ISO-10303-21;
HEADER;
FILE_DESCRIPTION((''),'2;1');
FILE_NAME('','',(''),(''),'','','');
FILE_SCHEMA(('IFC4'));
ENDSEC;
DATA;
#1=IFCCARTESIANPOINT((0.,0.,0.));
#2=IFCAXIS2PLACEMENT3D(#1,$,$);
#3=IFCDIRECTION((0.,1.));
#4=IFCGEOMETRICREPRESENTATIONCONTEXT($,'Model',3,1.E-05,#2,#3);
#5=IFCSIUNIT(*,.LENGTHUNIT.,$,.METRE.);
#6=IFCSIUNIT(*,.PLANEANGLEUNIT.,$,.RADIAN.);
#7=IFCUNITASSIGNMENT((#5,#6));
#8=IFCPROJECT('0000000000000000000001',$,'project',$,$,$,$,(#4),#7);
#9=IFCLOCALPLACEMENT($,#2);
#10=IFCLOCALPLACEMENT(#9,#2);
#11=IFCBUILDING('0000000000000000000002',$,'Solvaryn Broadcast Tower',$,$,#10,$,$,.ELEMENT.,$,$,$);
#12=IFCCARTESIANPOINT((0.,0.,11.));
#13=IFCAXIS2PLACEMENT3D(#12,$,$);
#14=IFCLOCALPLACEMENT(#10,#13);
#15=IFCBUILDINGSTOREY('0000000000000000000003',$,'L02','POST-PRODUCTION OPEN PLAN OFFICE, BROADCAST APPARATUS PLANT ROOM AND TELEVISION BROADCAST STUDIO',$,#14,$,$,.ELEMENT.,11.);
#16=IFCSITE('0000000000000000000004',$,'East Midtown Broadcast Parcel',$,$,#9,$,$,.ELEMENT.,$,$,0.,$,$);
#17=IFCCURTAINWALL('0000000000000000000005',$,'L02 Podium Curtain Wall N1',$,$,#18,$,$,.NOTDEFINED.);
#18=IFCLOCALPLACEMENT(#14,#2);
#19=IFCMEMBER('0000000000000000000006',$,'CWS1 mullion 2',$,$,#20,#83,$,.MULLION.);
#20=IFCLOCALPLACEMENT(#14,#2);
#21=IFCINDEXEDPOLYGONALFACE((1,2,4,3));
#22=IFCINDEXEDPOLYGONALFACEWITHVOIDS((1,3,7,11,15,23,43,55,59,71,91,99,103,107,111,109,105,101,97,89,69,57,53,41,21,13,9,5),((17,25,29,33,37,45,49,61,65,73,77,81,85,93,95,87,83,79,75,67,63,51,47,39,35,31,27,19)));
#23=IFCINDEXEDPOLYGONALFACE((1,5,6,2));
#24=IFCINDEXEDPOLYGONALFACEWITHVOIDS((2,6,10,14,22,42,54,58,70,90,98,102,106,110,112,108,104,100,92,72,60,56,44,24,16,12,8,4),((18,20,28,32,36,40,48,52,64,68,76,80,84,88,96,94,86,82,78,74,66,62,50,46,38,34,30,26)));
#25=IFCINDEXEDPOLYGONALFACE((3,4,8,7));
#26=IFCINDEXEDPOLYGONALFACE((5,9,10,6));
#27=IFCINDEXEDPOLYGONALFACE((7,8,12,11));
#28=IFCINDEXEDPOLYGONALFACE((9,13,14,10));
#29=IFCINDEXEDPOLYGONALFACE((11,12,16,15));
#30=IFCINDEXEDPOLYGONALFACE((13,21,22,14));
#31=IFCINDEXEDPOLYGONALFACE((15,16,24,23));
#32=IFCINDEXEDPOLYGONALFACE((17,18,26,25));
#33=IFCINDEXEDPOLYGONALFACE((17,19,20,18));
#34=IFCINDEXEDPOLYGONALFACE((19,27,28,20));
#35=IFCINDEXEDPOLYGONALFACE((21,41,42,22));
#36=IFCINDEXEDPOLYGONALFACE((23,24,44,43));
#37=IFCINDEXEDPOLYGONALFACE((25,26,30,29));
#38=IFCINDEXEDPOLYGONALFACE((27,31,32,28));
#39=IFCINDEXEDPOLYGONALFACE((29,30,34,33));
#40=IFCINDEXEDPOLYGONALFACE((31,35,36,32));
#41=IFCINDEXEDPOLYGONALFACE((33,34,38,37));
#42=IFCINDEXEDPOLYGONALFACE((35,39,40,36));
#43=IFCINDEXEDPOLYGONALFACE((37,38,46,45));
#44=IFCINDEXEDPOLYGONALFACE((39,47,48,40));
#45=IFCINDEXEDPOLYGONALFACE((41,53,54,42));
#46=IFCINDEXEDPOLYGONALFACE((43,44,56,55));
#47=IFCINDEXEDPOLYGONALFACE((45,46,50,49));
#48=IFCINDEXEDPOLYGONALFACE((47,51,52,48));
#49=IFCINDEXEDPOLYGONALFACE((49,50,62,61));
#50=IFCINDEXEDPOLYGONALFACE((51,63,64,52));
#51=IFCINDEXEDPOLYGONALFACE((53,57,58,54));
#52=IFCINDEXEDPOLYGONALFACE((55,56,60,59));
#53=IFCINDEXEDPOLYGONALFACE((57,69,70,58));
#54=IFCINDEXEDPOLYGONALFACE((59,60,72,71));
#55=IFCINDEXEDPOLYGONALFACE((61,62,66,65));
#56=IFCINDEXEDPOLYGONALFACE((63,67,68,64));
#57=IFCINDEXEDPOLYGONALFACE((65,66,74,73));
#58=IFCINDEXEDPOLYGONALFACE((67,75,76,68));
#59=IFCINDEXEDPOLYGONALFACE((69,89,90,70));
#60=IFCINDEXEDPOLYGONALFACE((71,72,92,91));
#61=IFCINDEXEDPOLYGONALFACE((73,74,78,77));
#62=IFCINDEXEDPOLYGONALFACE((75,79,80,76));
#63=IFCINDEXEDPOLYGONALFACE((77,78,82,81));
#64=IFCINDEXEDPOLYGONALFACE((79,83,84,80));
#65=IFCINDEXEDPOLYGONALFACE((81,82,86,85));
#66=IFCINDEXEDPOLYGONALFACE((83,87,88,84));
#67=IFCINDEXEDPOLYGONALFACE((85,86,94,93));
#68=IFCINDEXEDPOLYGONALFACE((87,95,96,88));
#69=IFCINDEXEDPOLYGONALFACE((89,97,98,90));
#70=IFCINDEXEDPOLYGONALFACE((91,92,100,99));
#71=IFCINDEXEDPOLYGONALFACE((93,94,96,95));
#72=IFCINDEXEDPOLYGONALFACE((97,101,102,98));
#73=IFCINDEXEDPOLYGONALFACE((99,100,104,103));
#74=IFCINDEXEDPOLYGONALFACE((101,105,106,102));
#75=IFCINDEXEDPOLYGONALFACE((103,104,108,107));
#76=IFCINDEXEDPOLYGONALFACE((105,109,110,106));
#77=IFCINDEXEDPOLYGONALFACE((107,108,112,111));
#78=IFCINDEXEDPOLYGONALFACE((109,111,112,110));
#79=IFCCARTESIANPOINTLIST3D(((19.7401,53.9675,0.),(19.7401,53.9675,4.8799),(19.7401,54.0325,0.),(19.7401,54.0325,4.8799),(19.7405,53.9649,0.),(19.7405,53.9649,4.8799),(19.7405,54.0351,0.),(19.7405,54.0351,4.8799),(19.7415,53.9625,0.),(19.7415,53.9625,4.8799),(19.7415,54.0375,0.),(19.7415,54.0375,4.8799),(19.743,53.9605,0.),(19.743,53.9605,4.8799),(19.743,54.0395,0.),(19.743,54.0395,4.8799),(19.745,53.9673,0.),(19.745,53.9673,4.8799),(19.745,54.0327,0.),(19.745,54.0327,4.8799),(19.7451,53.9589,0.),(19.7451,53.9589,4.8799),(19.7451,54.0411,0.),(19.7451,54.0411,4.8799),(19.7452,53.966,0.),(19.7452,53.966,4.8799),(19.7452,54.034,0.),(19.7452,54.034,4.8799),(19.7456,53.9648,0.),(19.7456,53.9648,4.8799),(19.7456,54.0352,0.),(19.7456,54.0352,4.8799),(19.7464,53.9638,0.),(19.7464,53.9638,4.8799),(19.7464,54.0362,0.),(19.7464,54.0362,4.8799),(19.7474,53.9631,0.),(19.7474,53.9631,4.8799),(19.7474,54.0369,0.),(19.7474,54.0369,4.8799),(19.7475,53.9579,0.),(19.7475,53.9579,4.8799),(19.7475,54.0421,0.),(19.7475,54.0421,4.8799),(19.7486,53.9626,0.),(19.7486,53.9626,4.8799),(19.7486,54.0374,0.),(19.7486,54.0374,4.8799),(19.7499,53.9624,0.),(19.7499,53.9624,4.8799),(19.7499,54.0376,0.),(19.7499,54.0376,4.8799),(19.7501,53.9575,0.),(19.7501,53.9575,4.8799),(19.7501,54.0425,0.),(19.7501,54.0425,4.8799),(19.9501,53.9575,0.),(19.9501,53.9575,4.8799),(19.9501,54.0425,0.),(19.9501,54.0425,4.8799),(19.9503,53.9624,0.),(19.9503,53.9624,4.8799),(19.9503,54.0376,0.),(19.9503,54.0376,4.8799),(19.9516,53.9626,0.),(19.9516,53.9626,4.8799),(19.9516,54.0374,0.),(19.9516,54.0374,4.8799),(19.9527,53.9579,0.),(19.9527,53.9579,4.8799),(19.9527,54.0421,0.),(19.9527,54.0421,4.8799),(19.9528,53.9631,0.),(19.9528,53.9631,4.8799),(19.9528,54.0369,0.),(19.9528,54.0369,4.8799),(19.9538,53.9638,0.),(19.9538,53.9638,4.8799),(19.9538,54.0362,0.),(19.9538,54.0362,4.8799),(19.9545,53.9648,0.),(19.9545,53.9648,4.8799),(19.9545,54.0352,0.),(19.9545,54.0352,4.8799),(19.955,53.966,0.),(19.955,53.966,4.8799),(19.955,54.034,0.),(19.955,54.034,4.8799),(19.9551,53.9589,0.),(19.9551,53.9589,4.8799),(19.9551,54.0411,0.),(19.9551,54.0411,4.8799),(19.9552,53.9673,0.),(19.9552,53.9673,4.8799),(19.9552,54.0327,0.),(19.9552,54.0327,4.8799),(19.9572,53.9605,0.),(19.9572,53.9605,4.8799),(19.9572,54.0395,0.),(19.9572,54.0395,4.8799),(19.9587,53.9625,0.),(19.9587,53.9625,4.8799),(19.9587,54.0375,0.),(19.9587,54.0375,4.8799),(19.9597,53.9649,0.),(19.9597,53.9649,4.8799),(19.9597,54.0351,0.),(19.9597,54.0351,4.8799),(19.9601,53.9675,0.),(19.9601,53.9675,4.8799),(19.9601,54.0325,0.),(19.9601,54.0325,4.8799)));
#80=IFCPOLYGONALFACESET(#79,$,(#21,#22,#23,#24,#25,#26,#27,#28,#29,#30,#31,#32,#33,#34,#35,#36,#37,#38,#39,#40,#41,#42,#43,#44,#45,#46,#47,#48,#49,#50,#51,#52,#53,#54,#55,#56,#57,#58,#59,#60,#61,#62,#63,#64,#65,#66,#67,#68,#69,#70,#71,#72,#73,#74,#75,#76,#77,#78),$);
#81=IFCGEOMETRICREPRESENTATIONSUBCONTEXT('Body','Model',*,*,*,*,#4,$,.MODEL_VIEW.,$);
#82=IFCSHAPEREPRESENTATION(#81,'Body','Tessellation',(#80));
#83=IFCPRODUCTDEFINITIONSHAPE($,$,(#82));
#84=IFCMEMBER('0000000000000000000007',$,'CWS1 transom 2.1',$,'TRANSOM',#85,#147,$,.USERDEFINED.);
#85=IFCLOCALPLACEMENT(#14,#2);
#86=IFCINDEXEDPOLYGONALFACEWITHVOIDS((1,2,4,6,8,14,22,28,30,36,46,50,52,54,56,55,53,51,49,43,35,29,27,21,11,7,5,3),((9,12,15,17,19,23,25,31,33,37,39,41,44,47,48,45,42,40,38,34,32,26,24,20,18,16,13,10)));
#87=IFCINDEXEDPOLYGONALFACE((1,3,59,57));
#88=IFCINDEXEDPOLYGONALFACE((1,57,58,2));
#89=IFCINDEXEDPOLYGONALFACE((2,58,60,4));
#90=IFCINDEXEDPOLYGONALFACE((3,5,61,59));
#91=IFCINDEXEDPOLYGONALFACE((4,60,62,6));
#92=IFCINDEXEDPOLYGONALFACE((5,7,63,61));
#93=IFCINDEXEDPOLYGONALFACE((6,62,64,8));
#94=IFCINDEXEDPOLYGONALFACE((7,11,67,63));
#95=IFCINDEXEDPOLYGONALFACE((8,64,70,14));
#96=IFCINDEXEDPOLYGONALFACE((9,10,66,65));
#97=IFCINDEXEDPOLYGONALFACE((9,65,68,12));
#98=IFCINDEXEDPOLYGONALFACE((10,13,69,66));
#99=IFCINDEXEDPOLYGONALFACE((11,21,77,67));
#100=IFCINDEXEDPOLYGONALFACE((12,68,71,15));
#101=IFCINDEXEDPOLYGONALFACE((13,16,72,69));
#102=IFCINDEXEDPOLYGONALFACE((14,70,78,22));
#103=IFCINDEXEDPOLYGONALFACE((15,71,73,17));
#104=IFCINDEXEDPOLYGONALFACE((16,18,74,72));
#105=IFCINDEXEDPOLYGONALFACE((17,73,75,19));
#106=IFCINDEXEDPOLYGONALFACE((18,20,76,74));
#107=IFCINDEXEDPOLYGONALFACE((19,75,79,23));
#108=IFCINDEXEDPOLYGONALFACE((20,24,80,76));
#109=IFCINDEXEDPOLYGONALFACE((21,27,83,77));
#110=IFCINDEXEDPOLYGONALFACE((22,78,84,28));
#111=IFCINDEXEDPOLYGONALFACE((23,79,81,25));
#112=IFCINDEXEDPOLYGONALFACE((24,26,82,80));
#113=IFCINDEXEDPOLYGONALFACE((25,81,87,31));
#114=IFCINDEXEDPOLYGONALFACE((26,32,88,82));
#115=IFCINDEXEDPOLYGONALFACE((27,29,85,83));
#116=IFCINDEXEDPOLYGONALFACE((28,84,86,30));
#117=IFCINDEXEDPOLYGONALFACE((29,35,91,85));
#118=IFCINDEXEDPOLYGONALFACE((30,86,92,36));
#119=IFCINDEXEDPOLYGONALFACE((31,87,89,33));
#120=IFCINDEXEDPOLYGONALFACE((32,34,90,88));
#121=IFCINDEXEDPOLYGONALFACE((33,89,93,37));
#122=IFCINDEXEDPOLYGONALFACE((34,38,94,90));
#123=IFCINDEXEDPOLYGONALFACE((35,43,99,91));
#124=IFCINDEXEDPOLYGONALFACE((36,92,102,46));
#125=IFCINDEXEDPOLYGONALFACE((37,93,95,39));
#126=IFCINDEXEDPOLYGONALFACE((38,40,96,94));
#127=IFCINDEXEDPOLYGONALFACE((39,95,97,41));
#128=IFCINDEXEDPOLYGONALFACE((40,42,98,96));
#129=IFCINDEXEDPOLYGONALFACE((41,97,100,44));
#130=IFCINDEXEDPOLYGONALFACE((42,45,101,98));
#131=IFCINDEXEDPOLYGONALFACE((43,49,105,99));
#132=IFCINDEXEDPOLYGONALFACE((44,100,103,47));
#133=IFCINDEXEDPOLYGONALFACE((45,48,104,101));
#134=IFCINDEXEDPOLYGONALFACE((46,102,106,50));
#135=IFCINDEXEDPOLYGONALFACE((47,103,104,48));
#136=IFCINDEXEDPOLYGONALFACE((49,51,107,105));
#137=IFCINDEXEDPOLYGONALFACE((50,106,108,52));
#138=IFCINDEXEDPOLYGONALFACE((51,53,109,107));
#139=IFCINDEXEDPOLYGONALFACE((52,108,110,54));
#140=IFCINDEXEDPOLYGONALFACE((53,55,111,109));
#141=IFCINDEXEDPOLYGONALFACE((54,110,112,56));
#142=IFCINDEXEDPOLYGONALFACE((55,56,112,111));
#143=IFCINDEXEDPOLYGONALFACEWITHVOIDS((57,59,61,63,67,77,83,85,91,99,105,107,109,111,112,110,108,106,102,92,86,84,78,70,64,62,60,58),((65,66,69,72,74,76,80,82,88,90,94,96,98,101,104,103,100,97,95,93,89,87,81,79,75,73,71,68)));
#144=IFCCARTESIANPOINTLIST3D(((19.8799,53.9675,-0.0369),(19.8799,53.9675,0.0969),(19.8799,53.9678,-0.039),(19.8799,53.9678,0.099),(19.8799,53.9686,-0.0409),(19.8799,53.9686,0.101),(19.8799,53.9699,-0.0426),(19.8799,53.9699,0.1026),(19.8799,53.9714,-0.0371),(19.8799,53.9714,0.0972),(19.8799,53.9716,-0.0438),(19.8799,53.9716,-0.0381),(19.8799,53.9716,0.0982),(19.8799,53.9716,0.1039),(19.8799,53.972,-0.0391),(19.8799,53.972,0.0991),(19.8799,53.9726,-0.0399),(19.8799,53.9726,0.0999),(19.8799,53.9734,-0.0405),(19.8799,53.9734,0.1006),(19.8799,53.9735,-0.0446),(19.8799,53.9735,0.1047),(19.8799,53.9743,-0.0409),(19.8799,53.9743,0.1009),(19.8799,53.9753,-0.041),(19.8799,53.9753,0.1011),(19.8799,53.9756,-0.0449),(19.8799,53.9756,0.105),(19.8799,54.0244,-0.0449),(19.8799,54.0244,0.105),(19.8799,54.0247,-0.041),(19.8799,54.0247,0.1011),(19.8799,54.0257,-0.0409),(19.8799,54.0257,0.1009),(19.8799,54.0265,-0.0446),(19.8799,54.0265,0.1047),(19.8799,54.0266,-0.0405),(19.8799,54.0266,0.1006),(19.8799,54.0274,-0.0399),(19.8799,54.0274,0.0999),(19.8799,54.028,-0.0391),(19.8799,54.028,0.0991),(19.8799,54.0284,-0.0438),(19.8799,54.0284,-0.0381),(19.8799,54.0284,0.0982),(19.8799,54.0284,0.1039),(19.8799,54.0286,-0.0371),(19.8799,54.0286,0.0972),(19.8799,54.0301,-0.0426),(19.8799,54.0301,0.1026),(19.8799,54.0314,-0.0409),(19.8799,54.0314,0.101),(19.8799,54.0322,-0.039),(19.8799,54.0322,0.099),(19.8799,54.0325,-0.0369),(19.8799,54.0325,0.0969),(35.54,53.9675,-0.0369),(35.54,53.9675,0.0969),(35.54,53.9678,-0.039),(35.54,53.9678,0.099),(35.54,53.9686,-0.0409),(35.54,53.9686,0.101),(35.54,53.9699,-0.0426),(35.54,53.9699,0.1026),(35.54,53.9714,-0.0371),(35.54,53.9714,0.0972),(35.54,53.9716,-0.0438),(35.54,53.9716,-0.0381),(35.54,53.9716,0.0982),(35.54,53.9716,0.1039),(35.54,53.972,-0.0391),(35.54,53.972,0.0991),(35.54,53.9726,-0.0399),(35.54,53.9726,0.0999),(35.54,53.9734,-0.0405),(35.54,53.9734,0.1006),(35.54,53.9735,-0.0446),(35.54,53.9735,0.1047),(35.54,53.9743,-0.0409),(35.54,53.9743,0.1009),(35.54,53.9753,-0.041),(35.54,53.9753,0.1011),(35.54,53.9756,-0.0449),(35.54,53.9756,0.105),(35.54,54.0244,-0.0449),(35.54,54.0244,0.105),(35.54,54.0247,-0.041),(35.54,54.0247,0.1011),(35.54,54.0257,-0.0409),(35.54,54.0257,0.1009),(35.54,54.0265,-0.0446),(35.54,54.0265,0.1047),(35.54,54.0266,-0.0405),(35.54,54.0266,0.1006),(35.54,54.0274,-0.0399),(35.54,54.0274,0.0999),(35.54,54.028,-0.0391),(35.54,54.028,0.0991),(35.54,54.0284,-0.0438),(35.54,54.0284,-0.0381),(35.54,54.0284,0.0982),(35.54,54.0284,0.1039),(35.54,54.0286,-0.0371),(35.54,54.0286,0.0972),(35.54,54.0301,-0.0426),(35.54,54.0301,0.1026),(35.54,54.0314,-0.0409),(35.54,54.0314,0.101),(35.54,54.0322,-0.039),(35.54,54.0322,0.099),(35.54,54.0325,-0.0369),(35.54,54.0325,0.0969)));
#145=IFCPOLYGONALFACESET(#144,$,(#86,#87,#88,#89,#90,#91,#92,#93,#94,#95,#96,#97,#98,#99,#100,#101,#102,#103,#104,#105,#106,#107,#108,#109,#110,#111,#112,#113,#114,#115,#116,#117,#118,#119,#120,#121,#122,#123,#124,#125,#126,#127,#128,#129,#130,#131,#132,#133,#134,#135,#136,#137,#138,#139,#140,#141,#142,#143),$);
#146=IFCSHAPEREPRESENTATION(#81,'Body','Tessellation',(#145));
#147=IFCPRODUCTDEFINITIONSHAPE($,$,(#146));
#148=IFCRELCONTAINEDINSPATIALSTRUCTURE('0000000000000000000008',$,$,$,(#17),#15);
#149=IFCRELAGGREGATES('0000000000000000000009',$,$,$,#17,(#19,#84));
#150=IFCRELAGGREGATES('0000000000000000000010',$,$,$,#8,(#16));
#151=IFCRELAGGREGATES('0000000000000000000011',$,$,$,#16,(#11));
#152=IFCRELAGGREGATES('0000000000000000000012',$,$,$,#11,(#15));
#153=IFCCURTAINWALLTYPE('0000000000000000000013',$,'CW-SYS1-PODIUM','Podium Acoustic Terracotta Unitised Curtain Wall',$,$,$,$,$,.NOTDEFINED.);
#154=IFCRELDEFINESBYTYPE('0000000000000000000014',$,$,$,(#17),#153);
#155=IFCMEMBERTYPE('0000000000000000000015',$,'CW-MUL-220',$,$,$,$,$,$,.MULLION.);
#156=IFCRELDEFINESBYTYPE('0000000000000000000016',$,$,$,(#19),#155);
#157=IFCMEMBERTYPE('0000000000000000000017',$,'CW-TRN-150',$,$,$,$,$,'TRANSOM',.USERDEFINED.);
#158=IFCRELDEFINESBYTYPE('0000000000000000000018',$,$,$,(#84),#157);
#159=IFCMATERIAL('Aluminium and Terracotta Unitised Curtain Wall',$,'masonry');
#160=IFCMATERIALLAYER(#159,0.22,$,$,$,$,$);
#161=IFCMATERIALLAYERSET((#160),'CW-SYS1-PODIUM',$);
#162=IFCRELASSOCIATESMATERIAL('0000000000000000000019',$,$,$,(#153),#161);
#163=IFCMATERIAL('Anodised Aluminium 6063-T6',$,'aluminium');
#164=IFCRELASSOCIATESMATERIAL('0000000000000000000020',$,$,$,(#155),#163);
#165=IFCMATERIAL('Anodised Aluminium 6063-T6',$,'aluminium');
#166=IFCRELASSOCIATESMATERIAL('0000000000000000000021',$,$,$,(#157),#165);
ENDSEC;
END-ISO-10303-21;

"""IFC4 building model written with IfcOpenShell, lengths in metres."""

from ifc_helpers import new_model, si_unit, direction, frame, origin, origin_2d, place, context, subcontext, project, spatial, hollow_rectangle, extrude, material, layer, layer_set, material_profile, profile_set, type_object, element, aggregate, save


model = new_model("IFC4")

# Units and contexts
model_context = context("Model", 3, precision=1e-05, world=origin(), true_north=direction((0.0, 1.0)))
body_context = subcontext(model_context, "Body", "Model", "MODEL_VIEW")
ifc_project = project(units=[si_unit("LENGTHUNIT", "METRE"), si_unit("PLANEANGLEUNIT", "RADIAN")], contexts=[model_context])

# Site, building, storey
site_placement = place(None, origin())
site = spatial("IfcSite", under=ifc_project, at=site_placement, Name="East Midtown Broadcast Parcel", CompositionType="ELEMENT", RefElevation=0.0)
building_placement = place(site_placement, origin())
building = spatial("IfcBuilding", under=site, at=building_placement, Name="Solvaryn Broadcast Tower", CompositionType="ELEMENT")
storey_placement = place(building_placement, frame((0.0, 0.0, 11.0)))
storey = spatial("IfcBuildingStorey", under=building, at=storey_placement, Name="L02", Description="POST-PRODUCTION OPEN PLAN OFFICE, BROADCAST APPARATUS PLANT ROOM AND TELEVISION BROADCAST STUDIO", CompositionType="ELEMENT", Elevation=11.0)

# Curtain wall, members
ifc_material_1 = material(Name="Aluminium and Terracotta Unitised Curtain Wall", Category="masonry")
ifc_layer_1 = layer(ifc_material_1, 0.22)
ifc_layer_set_1 = layer_set([ifc_layer_1], Name="CW-SYS1-PODIUM")
curtain_wall_type = type_object("IfcCurtainWallType", Name="CW-SYS1-PODIUM", Description="Podium Acoustic Terracotta Unitised Curtain Wall", PredefinedType="NOTDEFINED", material=ifc_layer_set_1)
curtain_wall_placement = place(storey_placement, origin())
curtain_wall = element("IfcCurtainWall", 1, at=curtain_wall_placement, inside=storey, type_object=curtain_wall_type, Name="L02 Podium Curtain Wall N1", PredefinedType="NOTDEFINED")
ifc_material_2 = material(Name="Anodised Aluminium 6063-T6", Category="aluminium")
ifc_material_profile_1 = material_profile(ifc_material_2, hollow_rectangle(XDim=0.085, YDim=0.22, WallThickness=0.0049, InnerFilletRadius=0.0049, OuterFilletRadius=0.01, at=origin_2d()))
ifc_profile_set_1 = profile_set([ifc_material_profile_1], Name="Anodised Aluminium 6063-T6")
member_type_1 = type_object("IfcMemberType", Name="CW-MUL-220", PredefinedType="MULLION", material=ifc_profile_set_1)
member_1_placement = place(storey_placement, frame((19.8501, 54.0, 0.0), z_axis=(0.0, 0.0, 1.0), x_axis=(0.0, 1.0, 0.0)))
member_1 = element("IfcMember", 2, at=member_1_placement, type_object=member_type_1, Name="CWS1 mullion 2", PredefinedType="MULLION", context=body_context, shape_type="SweptSolid", body=[
    extrude(hollow_rectangle(XDim=0.085, YDim=0.22, WallThickness=0.0049, InnerFilletRadius=0.0049, OuterFilletRadius=0.01, at=origin_2d()), origin(), (0.0, 0.0, 1.0), 4.8799),
])
ifc_material_3 = material(Name="Anodised Aluminium 6063-T6", Category="aluminium")
ifc_material_profile_2 = material_profile(ifc_material_3, hollow_rectangle(XDim=0.0649, YDim=0.1499, WallThickness=0.0039, InnerFilletRadius=0.0039, OuterFilletRadius=0.0081, at=origin_2d()))
ifc_profile_set_2 = profile_set([ifc_material_profile_2], Name="Anodised Aluminium 6063-T6")
member_type_2 = type_object("IfcMemberType", Name="CW-TRN-150", ElementType="TRANSOM", PredefinedType="USERDEFINED", material=ifc_profile_set_2)
member_2_placement = place(storey_placement, frame((19.8799, 54.0, 0.03), z_axis=(1.0, 0.0, 0.0), x_axis=(0.0, 1.0, 0.0)))
member_2 = element("IfcMember", 3, at=member_2_placement, type_object=member_type_2, Name="CWS1 transom 2.1", ObjectType="TRANSOM", PredefinedType="USERDEFINED", context=body_context, shape_type="SweptSolid", body=[
    extrude(hollow_rectangle(XDim=0.0649, YDim=0.1499, WallThickness=0.0039, InnerFilletRadius=0.0039, OuterFilletRadius=0.0081, at=origin_2d()), origin(), (0.0, 0.0, 1.0), 15.6602),
])
aggregate(curtain_wall, [member_1, member_2])

save(model, "model.ifc")
